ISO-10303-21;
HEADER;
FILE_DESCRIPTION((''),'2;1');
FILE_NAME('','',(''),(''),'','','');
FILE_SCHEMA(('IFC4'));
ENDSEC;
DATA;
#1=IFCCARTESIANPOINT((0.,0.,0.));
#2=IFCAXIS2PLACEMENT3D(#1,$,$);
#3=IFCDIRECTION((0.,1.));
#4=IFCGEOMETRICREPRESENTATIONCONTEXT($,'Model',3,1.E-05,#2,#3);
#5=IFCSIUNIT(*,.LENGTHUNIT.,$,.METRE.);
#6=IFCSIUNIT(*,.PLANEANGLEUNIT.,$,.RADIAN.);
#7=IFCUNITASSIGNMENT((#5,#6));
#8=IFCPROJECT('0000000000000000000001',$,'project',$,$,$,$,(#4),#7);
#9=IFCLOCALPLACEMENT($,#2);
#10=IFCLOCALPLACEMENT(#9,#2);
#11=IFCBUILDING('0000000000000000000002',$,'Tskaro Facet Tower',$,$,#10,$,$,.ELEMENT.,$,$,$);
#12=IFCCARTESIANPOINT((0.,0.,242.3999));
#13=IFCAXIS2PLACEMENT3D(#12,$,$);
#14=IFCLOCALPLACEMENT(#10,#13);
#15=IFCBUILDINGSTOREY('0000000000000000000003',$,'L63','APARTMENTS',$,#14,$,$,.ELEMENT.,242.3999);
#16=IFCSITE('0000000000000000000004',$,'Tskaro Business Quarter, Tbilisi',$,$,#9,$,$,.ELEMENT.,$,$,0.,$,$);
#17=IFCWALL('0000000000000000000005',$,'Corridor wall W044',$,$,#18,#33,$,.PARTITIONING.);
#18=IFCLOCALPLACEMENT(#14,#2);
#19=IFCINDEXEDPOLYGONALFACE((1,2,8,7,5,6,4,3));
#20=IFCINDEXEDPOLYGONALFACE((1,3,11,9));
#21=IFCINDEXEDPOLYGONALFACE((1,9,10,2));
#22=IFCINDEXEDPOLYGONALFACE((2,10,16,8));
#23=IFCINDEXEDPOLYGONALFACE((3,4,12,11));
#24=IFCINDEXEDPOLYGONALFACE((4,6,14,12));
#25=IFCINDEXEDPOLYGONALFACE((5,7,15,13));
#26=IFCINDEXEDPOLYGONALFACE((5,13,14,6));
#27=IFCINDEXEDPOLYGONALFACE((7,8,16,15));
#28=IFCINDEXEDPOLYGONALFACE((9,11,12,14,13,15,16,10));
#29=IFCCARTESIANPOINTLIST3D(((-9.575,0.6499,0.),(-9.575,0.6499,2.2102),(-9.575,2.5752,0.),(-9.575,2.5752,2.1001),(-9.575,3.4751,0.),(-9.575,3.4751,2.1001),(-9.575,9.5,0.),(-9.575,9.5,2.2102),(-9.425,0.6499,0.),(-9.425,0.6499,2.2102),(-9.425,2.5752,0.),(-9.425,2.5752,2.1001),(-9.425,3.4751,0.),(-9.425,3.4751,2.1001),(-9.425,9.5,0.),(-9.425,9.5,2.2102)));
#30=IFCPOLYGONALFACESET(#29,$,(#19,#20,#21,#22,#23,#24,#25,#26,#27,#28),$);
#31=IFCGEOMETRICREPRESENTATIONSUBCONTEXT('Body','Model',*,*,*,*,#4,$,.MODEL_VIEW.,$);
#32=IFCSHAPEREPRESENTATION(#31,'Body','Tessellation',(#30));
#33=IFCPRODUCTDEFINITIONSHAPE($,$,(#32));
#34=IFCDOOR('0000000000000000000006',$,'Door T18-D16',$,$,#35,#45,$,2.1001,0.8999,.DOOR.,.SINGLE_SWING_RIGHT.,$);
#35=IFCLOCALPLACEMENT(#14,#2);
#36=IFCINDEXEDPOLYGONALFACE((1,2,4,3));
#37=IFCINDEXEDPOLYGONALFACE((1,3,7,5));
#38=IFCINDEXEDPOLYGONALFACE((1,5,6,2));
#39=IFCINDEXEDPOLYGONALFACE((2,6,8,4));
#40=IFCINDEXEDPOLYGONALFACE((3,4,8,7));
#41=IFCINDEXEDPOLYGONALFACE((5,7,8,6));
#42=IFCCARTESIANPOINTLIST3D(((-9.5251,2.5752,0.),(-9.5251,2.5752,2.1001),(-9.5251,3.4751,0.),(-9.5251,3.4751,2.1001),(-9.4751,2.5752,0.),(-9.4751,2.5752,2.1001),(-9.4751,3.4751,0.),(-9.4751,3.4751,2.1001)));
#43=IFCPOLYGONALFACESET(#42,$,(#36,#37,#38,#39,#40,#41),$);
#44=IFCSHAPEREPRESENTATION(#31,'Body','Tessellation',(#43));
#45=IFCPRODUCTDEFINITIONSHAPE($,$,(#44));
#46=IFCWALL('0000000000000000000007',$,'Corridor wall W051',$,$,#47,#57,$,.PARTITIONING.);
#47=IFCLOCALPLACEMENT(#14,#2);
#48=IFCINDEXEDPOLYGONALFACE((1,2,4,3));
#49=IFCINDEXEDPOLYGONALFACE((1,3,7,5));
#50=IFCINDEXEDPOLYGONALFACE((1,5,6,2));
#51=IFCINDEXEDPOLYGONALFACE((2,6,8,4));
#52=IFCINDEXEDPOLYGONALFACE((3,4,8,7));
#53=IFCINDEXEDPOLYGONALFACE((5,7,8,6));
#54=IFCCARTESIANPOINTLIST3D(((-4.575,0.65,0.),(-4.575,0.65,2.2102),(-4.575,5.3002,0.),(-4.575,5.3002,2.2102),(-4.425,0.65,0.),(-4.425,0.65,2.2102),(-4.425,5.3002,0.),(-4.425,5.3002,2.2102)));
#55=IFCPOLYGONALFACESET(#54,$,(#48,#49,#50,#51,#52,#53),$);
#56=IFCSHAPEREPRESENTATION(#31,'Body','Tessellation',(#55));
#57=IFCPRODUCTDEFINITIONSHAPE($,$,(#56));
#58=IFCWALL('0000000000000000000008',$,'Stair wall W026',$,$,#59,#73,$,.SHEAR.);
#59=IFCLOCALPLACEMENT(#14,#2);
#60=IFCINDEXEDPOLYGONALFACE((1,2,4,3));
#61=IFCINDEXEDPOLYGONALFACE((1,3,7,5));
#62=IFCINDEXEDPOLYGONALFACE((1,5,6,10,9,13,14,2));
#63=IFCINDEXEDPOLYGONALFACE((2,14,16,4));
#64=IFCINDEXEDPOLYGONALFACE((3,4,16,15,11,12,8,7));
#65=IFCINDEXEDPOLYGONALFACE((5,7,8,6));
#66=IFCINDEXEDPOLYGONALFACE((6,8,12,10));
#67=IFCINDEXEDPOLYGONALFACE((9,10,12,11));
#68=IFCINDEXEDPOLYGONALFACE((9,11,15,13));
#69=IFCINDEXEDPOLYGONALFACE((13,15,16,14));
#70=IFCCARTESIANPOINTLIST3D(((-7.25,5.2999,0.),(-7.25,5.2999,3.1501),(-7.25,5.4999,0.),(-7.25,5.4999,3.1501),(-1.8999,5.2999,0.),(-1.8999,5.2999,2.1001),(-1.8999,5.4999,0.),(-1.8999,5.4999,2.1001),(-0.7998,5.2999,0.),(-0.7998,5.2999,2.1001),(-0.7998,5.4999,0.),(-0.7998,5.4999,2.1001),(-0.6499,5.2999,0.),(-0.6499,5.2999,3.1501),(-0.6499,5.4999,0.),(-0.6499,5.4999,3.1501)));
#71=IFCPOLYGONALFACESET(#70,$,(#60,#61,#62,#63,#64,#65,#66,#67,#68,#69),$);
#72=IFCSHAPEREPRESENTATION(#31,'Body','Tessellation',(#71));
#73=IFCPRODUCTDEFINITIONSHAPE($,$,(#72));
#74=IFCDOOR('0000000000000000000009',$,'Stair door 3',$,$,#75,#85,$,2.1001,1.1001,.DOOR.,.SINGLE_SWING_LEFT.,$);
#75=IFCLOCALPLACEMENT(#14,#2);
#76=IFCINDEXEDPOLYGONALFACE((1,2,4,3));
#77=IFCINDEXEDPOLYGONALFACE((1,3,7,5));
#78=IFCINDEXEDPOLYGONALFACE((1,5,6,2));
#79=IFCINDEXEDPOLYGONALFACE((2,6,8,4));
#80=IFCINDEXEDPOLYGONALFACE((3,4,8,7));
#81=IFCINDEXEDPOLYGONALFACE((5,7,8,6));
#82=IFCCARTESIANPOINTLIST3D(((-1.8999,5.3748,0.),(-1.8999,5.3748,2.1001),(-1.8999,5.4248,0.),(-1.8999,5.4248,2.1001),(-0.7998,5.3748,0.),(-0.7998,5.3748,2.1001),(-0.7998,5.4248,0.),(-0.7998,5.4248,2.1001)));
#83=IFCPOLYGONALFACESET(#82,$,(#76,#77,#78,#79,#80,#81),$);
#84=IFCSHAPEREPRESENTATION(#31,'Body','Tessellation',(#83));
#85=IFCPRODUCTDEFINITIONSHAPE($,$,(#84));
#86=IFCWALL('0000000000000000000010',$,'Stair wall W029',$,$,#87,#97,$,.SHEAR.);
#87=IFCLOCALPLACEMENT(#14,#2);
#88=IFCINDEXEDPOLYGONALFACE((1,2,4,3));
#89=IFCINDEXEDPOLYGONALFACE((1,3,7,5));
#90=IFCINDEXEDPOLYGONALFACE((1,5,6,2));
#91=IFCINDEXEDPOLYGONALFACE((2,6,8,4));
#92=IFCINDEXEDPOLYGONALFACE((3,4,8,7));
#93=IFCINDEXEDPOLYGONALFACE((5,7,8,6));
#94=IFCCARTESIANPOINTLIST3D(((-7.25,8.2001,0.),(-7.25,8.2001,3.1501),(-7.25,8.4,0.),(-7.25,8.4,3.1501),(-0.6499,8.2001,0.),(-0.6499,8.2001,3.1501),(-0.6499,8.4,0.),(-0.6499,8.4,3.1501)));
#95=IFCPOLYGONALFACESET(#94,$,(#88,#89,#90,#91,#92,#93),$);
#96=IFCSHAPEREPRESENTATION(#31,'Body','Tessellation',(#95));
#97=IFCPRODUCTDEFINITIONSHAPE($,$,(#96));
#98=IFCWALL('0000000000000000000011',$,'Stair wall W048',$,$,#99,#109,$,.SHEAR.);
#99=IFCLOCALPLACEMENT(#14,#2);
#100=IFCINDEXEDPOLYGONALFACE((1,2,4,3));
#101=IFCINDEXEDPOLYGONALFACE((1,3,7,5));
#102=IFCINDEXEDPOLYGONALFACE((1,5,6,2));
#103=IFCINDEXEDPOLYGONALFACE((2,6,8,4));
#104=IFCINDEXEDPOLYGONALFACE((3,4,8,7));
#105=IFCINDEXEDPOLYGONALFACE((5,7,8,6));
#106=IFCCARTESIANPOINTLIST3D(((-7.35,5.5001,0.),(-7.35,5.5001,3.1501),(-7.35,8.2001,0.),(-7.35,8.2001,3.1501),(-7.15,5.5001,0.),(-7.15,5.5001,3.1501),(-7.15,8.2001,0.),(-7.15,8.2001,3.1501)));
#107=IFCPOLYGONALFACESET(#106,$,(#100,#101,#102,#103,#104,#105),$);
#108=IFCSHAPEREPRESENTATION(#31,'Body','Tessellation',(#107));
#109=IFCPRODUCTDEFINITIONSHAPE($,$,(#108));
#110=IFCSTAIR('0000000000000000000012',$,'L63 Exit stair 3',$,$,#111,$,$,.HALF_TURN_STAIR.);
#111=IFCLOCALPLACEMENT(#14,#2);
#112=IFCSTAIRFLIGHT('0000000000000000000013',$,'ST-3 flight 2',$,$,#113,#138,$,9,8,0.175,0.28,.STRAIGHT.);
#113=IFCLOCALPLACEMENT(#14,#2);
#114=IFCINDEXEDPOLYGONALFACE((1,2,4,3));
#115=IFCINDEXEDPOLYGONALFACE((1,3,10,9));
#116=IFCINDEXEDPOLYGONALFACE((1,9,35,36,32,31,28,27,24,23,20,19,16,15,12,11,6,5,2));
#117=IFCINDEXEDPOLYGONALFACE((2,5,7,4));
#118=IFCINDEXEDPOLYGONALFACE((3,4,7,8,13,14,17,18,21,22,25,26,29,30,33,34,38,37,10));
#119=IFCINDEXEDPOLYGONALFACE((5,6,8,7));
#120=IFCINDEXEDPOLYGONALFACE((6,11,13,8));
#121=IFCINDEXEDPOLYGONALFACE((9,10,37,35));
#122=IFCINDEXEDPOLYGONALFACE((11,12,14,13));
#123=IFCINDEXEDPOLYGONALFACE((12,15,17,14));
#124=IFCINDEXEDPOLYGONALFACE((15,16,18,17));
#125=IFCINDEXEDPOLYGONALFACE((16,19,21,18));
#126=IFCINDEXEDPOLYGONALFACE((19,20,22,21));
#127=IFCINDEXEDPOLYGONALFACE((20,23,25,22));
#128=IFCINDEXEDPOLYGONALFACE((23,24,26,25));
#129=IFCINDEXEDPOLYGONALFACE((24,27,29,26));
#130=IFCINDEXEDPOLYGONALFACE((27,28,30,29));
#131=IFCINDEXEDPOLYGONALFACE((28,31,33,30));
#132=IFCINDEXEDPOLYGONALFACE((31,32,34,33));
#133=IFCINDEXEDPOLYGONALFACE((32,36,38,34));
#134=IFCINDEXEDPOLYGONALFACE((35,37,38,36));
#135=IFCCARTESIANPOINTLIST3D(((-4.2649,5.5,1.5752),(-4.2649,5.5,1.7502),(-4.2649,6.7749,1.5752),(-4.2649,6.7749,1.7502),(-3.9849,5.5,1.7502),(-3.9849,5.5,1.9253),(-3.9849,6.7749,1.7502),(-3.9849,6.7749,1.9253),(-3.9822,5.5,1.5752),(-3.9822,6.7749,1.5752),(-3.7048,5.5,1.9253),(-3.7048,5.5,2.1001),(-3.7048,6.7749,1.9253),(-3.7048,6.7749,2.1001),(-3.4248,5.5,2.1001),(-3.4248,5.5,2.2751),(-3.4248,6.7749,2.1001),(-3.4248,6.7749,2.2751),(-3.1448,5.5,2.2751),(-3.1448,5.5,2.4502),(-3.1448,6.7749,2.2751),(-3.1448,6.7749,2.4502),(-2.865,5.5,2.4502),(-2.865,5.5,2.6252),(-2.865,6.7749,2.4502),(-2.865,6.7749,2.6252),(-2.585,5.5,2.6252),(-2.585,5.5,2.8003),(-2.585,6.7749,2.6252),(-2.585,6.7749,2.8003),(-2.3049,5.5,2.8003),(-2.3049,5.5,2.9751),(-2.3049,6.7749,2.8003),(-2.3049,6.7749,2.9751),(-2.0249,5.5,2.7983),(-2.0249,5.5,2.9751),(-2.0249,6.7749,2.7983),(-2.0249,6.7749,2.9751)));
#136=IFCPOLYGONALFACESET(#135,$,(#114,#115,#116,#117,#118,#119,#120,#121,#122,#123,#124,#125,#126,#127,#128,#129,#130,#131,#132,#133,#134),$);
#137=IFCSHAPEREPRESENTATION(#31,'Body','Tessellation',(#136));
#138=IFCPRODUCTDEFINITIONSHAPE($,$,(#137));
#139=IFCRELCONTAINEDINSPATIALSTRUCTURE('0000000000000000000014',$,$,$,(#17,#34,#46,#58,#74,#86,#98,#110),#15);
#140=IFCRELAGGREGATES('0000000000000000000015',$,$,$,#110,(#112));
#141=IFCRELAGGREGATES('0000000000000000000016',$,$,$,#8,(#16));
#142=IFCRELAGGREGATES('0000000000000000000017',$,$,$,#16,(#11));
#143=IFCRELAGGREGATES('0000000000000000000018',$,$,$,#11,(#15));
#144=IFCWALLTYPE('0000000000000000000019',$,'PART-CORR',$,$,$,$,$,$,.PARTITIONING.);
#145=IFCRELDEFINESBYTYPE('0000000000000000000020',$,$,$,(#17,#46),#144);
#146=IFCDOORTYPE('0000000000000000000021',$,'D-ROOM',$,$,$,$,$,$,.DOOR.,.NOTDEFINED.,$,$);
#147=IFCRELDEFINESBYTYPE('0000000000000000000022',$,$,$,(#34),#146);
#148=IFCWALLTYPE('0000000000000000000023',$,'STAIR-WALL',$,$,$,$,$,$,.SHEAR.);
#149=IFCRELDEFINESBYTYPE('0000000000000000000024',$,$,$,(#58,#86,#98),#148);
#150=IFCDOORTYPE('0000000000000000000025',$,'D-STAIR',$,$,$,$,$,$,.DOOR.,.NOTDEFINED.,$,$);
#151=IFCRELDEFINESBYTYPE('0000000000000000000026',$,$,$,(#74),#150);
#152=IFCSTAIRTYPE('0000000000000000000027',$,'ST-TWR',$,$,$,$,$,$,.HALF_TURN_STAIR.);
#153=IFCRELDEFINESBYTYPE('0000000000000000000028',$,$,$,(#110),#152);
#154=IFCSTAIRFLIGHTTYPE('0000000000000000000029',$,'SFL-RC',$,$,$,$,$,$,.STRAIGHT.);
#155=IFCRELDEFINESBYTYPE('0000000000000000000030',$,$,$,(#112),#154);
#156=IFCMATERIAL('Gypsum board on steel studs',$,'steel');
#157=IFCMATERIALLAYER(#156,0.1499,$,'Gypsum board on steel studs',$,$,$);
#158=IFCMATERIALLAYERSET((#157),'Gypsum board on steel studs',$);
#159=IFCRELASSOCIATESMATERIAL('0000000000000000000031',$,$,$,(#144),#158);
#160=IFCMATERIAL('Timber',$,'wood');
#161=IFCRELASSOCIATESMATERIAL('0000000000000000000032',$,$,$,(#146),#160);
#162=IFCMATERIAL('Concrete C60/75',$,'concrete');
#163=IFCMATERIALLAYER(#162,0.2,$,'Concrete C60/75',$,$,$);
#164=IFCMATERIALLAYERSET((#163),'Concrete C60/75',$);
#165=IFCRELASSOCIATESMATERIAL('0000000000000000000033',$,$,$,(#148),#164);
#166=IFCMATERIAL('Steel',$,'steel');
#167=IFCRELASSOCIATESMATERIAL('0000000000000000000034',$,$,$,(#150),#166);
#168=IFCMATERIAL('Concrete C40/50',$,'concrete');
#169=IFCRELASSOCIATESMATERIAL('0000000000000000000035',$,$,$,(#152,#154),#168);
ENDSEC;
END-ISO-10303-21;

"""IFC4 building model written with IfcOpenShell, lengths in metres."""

from ifc_helpers import new_model, si_unit, direction, frame, frame_2d, origin, place, context, subcontext, project, spatial, polyline, rectangle, outline, extrude, material, layer, layer_set, type_object, element, fill, aggregate, save


model = new_model("IFC4")

# Units and contexts
model_context = context("Model", 3, precision=1e-05, world=origin(), true_north=direction((0.0, 1.0)))
body_context = subcontext(model_context, "Body", "Model", "MODEL_VIEW")
ifc_project = project(units=[si_unit("LENGTHUNIT", "METRE"), si_unit("PLANEANGLEUNIT", "RADIAN")], contexts=[model_context])

# Site, building, storey
site_placement = place(None, origin())
site = spatial("IfcSite", under=ifc_project, at=site_placement, Name="Tskaro Business Quarter, Tbilisi", CompositionType="ELEMENT", RefElevation=0.0)
building_placement = place(site_placement, origin())
building = spatial("IfcBuilding", under=site, at=building_placement, Name="Tskaro Facet Tower", CompositionType="ELEMENT")
storey_placement = place(building_placement, frame((0.0, 0.0, 242.3999)))
storey = spatial("IfcBuildingStorey", under=building, at=storey_placement, Name="L63", Description="APARTMENTS", CompositionType="ELEMENT", Elevation=242.3999)

# Shared definitions
ifc_material_1 = material(Name="Concrete C40/50", Category="concrete")
ifc_material_2 = material(Name="Steel", Category="steel")

# Shared definitions
ifc_material_3 = material(Name="Gypsum board on steel studs", Category="steel")

# Wall, opening, door
ifc_layer_1 = layer(ifc_material_3, 0.1499, Name="Gypsum board on steel studs")
ifc_layer_set_1 = layer_set([ifc_layer_1], Name="Gypsum board on steel studs")
wall_type_1 = type_object("IfcWallType", Name="PART-CORR", PredefinedType="PARTITIONING", material=ifc_layer_set_1)
wall_1_placement = place(storey_placement, frame((-9.5, 9.5, 0.0), z_axis=(0.0, 0.0, 1.0), x_axis=(0.0, -1.0, 0.0)))
wall_1 = element("IfcWall", 1, at=wall_1_placement, inside=storey, type_object=wall_type_1, Name="Corridor wall W044", PredefinedType="PARTITIONING", context=body_context, shape_type="SweptSolid", body=[
    extrude(rectangle(XDim=8.8501, YDim=0.1499, at=frame_2d((4.425, 0.0))), origin(), (0.0, 0.0, 1.0), 2.2102),
])
opening_1_placement = place(wall_1_placement, frame((6.0249, 0.0, 0.0)))
opening_1 = element("IfcOpeningElement", 2, at=opening_1_placement, cuts=wall_1, PredefinedType="OPENING", context=body_context, shape_type="SweptSolid", body=[
    extrude(rectangle(XDim=0.8999, YDim=2.1001, at=frame_2d((0.45, 1.05))), frame((0.0, 0.085, 0.0), z_axis=(0.0, -1.0, 0.0), x_axis=(1.0, 0.0, 0.0)), (0.0, 0.0, 1.0), 0.1699),
])
ifc_material_4 = material(Name="Timber", Category="wood")
door_type_1 = type_object("IfcDoorType", Name="D-ROOM", OperationType="NOTDEFINED", PredefinedType="DOOR", material=ifc_material_4)
door_1_placement = place(opening_1_placement, origin())
door_1 = element("IfcDoor", 3, at=door_1_placement, inside=storey, type_object=door_type_1, Name="Door T18-D16", OperationType="SINGLE_SWING_RIGHT", OverallHeight=2.1001, OverallWidth=0.8999, PredefinedType="DOOR", context=body_context, shape_type="SweptSolid", body=[
    extrude(rectangle(XDim=0.8999, YDim=2.1001, at=frame_2d((0.45, 1.05))), frame((0.0, 0.0249, 0.0), z_axis=(0.0, -1.0, 0.0), x_axis=(1.0, 0.0, 0.0)), (0.0, 0.0, 1.0), 0.05),
])
fill(opening_1, door_1)

# Wall
wall_2_placement = place(storey_placement, frame((-4.5, 0.6499, 0.0), z_axis=(0.0, 0.0, 1.0), x_axis=(0.0, 1.0, 0.0)))
element("IfcWall", 4, at=wall_2_placement, inside=storey, type_object=wall_type_1, Name="Corridor wall W051", PredefinedType="PARTITIONING", context=body_context, shape_type="SweptSolid", body=[
    extrude(rectangle(XDim=4.6501, YDim=0.1499, at=frame_2d((2.3252, 0.0))), origin(), (0.0, 0.0, 1.0), 2.2102),
])

# Wall, opening, door
ifc_material_5 = material(Name="Concrete C60/75", Category="concrete")
ifc_layer_2 = layer(ifc_material_5, 0.2, Name="Concrete C60/75")
ifc_layer_set_2 = layer_set([ifc_layer_2], Name="Concrete C60/75")
wall_type_2 = type_object("IfcWallType", Name="STAIR-WALL", PredefinedType="SHEAR", material=ifc_layer_set_2)
wall_3_placement = place(storey_placement, frame((-7.25, 5.3999, 0.0), z_axis=(0.0, 0.0, 1.0), x_axis=(1.0, 0.0, 0.0)))
wall_3 = element("IfcWall", 5, at=wall_3_placement, inside=storey, type_object=wall_type_2, Name="Stair wall W026", PredefinedType="SHEAR", context=body_context, shape_type="SweptSolid", body=[
    extrude(rectangle(XDim=6.6001, YDim=0.2, at=frame_2d((3.3, 0.0))), origin(), (0.0, 0.0, 1.0), 3.1501),
])
opening_2_placement = place(wall_3_placement, frame((5.3501, 0.0, 0.0)))
opening_2 = element("IfcOpeningElement", 6, at=opening_2_placement, cuts=wall_3, PredefinedType="OPENING", context=body_context, shape_type="SweptSolid", body=[
    extrude(rectangle(XDim=1.1001, YDim=2.1001, at=frame_2d((0.55, 1.05))), frame((0.0, 0.1099, 0.0), z_axis=(0.0, -1.0, 0.0), x_axis=(1.0, 0.0, 0.0)), (0.0, 0.0, 1.0), 0.22),
])
door_type_2 = type_object("IfcDoorType", Name="D-STAIR", OperationType="NOTDEFINED", PredefinedType="DOOR", material=ifc_material_2)
door_2_placement = place(opening_2_placement, origin())
door_2 = element("IfcDoor", 7, at=door_2_placement, inside=storey, type_object=door_type_2, Name="Stair door 3", OperationType="SINGLE_SWING_LEFT", OverallHeight=2.1001, OverallWidth=1.1001, PredefinedType="DOOR", context=body_context, shape_type="SweptSolid", body=[
    extrude(rectangle(XDim=1.1001, YDim=2.1001, at=frame_2d((0.55, 1.05))), frame((0.0, 0.0249, 0.0), z_axis=(0.0, -1.0, 0.0), x_axis=(1.0, 0.0, 0.0)), (0.0, 0.0, 1.0), 0.05),
])
fill(opening_2, door_2)

# Walls
wall_4_placement = place(storey_placement, frame((-7.25, 8.3, 0.0), z_axis=(0.0, 0.0, 1.0), x_axis=(1.0, 0.0, 0.0)))
element("IfcWall", 8, at=wall_4_placement, inside=storey, type_object=wall_type_2, Name="Stair wall W029", PredefinedType="SHEAR", context=body_context, shape_type="SweptSolid", body=[
    extrude(rectangle(XDim=6.6001, YDim=0.2, at=frame_2d((3.3, 0.0))), origin(), (0.0, 0.0, 1.0), 3.1501),
])
wall_5_placement = place(storey_placement, frame((-7.25, 5.5, 0.0), z_axis=(0.0, 0.0, 1.0), x_axis=(0.0, 1.0, 0.0)))
element("IfcWall", 9, at=wall_5_placement, inside=storey, type_object=wall_type_2, Name="Stair wall W048", PredefinedType="SHEAR", context=body_context, shape_type="SweptSolid", body=[
    extrude(rectangle(XDim=2.7, YDim=0.2, at=frame_2d((1.3501, 0.0))), origin(), (0.0, 0.0, 1.0), 3.1501),
])

# Stair, stair flight
stair_type = type_object("IfcStairType", Name="ST-TWR", PredefinedType="HALF_TURN_STAIR", material=ifc_material_1)
stair_placement = place(storey_placement, origin())
stair = element("IfcStair", 10, at=stair_placement, inside=storey, type_object=stair_type, Name="L63 Exit stair 3", PredefinedType="HALF_TURN_STAIR")
stair_flight_type = type_object("IfcStairFlightType", Name="SFL-RC", PredefinedType="STRAIGHT", material=ifc_material_1)
stair_flight_placement = place(storey_placement, frame((-4.2649, 6.1375, 1.5752), z_axis=(0.0, 0.0, 1.0), x_axis=(1.0, 0.0, 0.0)))
stair_flight = element("IfcStairFlight", 11, at=stair_flight_placement, type_object=stair_flight_type, Name="ST-3 flight 2", NumberOfRisers=9, NumberOfTreads=8, PredefinedType="STRAIGHT", RiserHeight=0.175, TreadLength=0.28, context=body_context, shape_type="SweptSolid", body=[
    extrude(outline(polyline([(0.0, 0.0), (0.0, 0.175), (0.28, 0.175), (0.28, 0.3501), (0.5601, 0.3501), (0.5601, 0.5249), (0.8401, 0.5249), (0.8401, 0.7), (1.1201, 0.7), (1.1201, 0.875), (1.3999, 0.875), (1.3999, 1.05), (1.6799, 1.05), (1.6799, 1.2251), (1.96, 1.2251), (1.96, 1.3999), (2.24, 1.3999), (2.24, 1.575), (2.24, 1.2231), (0.2827, 0.0), (0.0, 0.0)])), frame((0.0, 0.6375, 0.0), z_axis=(0.0, -1.0, 0.0), x_axis=(1.0, 0.0, 0.0)), (0.0, 0.0, 1.0), 1.2749),
])
aggregate(stair, [stair_flight])

save(model, "model.ifc")
